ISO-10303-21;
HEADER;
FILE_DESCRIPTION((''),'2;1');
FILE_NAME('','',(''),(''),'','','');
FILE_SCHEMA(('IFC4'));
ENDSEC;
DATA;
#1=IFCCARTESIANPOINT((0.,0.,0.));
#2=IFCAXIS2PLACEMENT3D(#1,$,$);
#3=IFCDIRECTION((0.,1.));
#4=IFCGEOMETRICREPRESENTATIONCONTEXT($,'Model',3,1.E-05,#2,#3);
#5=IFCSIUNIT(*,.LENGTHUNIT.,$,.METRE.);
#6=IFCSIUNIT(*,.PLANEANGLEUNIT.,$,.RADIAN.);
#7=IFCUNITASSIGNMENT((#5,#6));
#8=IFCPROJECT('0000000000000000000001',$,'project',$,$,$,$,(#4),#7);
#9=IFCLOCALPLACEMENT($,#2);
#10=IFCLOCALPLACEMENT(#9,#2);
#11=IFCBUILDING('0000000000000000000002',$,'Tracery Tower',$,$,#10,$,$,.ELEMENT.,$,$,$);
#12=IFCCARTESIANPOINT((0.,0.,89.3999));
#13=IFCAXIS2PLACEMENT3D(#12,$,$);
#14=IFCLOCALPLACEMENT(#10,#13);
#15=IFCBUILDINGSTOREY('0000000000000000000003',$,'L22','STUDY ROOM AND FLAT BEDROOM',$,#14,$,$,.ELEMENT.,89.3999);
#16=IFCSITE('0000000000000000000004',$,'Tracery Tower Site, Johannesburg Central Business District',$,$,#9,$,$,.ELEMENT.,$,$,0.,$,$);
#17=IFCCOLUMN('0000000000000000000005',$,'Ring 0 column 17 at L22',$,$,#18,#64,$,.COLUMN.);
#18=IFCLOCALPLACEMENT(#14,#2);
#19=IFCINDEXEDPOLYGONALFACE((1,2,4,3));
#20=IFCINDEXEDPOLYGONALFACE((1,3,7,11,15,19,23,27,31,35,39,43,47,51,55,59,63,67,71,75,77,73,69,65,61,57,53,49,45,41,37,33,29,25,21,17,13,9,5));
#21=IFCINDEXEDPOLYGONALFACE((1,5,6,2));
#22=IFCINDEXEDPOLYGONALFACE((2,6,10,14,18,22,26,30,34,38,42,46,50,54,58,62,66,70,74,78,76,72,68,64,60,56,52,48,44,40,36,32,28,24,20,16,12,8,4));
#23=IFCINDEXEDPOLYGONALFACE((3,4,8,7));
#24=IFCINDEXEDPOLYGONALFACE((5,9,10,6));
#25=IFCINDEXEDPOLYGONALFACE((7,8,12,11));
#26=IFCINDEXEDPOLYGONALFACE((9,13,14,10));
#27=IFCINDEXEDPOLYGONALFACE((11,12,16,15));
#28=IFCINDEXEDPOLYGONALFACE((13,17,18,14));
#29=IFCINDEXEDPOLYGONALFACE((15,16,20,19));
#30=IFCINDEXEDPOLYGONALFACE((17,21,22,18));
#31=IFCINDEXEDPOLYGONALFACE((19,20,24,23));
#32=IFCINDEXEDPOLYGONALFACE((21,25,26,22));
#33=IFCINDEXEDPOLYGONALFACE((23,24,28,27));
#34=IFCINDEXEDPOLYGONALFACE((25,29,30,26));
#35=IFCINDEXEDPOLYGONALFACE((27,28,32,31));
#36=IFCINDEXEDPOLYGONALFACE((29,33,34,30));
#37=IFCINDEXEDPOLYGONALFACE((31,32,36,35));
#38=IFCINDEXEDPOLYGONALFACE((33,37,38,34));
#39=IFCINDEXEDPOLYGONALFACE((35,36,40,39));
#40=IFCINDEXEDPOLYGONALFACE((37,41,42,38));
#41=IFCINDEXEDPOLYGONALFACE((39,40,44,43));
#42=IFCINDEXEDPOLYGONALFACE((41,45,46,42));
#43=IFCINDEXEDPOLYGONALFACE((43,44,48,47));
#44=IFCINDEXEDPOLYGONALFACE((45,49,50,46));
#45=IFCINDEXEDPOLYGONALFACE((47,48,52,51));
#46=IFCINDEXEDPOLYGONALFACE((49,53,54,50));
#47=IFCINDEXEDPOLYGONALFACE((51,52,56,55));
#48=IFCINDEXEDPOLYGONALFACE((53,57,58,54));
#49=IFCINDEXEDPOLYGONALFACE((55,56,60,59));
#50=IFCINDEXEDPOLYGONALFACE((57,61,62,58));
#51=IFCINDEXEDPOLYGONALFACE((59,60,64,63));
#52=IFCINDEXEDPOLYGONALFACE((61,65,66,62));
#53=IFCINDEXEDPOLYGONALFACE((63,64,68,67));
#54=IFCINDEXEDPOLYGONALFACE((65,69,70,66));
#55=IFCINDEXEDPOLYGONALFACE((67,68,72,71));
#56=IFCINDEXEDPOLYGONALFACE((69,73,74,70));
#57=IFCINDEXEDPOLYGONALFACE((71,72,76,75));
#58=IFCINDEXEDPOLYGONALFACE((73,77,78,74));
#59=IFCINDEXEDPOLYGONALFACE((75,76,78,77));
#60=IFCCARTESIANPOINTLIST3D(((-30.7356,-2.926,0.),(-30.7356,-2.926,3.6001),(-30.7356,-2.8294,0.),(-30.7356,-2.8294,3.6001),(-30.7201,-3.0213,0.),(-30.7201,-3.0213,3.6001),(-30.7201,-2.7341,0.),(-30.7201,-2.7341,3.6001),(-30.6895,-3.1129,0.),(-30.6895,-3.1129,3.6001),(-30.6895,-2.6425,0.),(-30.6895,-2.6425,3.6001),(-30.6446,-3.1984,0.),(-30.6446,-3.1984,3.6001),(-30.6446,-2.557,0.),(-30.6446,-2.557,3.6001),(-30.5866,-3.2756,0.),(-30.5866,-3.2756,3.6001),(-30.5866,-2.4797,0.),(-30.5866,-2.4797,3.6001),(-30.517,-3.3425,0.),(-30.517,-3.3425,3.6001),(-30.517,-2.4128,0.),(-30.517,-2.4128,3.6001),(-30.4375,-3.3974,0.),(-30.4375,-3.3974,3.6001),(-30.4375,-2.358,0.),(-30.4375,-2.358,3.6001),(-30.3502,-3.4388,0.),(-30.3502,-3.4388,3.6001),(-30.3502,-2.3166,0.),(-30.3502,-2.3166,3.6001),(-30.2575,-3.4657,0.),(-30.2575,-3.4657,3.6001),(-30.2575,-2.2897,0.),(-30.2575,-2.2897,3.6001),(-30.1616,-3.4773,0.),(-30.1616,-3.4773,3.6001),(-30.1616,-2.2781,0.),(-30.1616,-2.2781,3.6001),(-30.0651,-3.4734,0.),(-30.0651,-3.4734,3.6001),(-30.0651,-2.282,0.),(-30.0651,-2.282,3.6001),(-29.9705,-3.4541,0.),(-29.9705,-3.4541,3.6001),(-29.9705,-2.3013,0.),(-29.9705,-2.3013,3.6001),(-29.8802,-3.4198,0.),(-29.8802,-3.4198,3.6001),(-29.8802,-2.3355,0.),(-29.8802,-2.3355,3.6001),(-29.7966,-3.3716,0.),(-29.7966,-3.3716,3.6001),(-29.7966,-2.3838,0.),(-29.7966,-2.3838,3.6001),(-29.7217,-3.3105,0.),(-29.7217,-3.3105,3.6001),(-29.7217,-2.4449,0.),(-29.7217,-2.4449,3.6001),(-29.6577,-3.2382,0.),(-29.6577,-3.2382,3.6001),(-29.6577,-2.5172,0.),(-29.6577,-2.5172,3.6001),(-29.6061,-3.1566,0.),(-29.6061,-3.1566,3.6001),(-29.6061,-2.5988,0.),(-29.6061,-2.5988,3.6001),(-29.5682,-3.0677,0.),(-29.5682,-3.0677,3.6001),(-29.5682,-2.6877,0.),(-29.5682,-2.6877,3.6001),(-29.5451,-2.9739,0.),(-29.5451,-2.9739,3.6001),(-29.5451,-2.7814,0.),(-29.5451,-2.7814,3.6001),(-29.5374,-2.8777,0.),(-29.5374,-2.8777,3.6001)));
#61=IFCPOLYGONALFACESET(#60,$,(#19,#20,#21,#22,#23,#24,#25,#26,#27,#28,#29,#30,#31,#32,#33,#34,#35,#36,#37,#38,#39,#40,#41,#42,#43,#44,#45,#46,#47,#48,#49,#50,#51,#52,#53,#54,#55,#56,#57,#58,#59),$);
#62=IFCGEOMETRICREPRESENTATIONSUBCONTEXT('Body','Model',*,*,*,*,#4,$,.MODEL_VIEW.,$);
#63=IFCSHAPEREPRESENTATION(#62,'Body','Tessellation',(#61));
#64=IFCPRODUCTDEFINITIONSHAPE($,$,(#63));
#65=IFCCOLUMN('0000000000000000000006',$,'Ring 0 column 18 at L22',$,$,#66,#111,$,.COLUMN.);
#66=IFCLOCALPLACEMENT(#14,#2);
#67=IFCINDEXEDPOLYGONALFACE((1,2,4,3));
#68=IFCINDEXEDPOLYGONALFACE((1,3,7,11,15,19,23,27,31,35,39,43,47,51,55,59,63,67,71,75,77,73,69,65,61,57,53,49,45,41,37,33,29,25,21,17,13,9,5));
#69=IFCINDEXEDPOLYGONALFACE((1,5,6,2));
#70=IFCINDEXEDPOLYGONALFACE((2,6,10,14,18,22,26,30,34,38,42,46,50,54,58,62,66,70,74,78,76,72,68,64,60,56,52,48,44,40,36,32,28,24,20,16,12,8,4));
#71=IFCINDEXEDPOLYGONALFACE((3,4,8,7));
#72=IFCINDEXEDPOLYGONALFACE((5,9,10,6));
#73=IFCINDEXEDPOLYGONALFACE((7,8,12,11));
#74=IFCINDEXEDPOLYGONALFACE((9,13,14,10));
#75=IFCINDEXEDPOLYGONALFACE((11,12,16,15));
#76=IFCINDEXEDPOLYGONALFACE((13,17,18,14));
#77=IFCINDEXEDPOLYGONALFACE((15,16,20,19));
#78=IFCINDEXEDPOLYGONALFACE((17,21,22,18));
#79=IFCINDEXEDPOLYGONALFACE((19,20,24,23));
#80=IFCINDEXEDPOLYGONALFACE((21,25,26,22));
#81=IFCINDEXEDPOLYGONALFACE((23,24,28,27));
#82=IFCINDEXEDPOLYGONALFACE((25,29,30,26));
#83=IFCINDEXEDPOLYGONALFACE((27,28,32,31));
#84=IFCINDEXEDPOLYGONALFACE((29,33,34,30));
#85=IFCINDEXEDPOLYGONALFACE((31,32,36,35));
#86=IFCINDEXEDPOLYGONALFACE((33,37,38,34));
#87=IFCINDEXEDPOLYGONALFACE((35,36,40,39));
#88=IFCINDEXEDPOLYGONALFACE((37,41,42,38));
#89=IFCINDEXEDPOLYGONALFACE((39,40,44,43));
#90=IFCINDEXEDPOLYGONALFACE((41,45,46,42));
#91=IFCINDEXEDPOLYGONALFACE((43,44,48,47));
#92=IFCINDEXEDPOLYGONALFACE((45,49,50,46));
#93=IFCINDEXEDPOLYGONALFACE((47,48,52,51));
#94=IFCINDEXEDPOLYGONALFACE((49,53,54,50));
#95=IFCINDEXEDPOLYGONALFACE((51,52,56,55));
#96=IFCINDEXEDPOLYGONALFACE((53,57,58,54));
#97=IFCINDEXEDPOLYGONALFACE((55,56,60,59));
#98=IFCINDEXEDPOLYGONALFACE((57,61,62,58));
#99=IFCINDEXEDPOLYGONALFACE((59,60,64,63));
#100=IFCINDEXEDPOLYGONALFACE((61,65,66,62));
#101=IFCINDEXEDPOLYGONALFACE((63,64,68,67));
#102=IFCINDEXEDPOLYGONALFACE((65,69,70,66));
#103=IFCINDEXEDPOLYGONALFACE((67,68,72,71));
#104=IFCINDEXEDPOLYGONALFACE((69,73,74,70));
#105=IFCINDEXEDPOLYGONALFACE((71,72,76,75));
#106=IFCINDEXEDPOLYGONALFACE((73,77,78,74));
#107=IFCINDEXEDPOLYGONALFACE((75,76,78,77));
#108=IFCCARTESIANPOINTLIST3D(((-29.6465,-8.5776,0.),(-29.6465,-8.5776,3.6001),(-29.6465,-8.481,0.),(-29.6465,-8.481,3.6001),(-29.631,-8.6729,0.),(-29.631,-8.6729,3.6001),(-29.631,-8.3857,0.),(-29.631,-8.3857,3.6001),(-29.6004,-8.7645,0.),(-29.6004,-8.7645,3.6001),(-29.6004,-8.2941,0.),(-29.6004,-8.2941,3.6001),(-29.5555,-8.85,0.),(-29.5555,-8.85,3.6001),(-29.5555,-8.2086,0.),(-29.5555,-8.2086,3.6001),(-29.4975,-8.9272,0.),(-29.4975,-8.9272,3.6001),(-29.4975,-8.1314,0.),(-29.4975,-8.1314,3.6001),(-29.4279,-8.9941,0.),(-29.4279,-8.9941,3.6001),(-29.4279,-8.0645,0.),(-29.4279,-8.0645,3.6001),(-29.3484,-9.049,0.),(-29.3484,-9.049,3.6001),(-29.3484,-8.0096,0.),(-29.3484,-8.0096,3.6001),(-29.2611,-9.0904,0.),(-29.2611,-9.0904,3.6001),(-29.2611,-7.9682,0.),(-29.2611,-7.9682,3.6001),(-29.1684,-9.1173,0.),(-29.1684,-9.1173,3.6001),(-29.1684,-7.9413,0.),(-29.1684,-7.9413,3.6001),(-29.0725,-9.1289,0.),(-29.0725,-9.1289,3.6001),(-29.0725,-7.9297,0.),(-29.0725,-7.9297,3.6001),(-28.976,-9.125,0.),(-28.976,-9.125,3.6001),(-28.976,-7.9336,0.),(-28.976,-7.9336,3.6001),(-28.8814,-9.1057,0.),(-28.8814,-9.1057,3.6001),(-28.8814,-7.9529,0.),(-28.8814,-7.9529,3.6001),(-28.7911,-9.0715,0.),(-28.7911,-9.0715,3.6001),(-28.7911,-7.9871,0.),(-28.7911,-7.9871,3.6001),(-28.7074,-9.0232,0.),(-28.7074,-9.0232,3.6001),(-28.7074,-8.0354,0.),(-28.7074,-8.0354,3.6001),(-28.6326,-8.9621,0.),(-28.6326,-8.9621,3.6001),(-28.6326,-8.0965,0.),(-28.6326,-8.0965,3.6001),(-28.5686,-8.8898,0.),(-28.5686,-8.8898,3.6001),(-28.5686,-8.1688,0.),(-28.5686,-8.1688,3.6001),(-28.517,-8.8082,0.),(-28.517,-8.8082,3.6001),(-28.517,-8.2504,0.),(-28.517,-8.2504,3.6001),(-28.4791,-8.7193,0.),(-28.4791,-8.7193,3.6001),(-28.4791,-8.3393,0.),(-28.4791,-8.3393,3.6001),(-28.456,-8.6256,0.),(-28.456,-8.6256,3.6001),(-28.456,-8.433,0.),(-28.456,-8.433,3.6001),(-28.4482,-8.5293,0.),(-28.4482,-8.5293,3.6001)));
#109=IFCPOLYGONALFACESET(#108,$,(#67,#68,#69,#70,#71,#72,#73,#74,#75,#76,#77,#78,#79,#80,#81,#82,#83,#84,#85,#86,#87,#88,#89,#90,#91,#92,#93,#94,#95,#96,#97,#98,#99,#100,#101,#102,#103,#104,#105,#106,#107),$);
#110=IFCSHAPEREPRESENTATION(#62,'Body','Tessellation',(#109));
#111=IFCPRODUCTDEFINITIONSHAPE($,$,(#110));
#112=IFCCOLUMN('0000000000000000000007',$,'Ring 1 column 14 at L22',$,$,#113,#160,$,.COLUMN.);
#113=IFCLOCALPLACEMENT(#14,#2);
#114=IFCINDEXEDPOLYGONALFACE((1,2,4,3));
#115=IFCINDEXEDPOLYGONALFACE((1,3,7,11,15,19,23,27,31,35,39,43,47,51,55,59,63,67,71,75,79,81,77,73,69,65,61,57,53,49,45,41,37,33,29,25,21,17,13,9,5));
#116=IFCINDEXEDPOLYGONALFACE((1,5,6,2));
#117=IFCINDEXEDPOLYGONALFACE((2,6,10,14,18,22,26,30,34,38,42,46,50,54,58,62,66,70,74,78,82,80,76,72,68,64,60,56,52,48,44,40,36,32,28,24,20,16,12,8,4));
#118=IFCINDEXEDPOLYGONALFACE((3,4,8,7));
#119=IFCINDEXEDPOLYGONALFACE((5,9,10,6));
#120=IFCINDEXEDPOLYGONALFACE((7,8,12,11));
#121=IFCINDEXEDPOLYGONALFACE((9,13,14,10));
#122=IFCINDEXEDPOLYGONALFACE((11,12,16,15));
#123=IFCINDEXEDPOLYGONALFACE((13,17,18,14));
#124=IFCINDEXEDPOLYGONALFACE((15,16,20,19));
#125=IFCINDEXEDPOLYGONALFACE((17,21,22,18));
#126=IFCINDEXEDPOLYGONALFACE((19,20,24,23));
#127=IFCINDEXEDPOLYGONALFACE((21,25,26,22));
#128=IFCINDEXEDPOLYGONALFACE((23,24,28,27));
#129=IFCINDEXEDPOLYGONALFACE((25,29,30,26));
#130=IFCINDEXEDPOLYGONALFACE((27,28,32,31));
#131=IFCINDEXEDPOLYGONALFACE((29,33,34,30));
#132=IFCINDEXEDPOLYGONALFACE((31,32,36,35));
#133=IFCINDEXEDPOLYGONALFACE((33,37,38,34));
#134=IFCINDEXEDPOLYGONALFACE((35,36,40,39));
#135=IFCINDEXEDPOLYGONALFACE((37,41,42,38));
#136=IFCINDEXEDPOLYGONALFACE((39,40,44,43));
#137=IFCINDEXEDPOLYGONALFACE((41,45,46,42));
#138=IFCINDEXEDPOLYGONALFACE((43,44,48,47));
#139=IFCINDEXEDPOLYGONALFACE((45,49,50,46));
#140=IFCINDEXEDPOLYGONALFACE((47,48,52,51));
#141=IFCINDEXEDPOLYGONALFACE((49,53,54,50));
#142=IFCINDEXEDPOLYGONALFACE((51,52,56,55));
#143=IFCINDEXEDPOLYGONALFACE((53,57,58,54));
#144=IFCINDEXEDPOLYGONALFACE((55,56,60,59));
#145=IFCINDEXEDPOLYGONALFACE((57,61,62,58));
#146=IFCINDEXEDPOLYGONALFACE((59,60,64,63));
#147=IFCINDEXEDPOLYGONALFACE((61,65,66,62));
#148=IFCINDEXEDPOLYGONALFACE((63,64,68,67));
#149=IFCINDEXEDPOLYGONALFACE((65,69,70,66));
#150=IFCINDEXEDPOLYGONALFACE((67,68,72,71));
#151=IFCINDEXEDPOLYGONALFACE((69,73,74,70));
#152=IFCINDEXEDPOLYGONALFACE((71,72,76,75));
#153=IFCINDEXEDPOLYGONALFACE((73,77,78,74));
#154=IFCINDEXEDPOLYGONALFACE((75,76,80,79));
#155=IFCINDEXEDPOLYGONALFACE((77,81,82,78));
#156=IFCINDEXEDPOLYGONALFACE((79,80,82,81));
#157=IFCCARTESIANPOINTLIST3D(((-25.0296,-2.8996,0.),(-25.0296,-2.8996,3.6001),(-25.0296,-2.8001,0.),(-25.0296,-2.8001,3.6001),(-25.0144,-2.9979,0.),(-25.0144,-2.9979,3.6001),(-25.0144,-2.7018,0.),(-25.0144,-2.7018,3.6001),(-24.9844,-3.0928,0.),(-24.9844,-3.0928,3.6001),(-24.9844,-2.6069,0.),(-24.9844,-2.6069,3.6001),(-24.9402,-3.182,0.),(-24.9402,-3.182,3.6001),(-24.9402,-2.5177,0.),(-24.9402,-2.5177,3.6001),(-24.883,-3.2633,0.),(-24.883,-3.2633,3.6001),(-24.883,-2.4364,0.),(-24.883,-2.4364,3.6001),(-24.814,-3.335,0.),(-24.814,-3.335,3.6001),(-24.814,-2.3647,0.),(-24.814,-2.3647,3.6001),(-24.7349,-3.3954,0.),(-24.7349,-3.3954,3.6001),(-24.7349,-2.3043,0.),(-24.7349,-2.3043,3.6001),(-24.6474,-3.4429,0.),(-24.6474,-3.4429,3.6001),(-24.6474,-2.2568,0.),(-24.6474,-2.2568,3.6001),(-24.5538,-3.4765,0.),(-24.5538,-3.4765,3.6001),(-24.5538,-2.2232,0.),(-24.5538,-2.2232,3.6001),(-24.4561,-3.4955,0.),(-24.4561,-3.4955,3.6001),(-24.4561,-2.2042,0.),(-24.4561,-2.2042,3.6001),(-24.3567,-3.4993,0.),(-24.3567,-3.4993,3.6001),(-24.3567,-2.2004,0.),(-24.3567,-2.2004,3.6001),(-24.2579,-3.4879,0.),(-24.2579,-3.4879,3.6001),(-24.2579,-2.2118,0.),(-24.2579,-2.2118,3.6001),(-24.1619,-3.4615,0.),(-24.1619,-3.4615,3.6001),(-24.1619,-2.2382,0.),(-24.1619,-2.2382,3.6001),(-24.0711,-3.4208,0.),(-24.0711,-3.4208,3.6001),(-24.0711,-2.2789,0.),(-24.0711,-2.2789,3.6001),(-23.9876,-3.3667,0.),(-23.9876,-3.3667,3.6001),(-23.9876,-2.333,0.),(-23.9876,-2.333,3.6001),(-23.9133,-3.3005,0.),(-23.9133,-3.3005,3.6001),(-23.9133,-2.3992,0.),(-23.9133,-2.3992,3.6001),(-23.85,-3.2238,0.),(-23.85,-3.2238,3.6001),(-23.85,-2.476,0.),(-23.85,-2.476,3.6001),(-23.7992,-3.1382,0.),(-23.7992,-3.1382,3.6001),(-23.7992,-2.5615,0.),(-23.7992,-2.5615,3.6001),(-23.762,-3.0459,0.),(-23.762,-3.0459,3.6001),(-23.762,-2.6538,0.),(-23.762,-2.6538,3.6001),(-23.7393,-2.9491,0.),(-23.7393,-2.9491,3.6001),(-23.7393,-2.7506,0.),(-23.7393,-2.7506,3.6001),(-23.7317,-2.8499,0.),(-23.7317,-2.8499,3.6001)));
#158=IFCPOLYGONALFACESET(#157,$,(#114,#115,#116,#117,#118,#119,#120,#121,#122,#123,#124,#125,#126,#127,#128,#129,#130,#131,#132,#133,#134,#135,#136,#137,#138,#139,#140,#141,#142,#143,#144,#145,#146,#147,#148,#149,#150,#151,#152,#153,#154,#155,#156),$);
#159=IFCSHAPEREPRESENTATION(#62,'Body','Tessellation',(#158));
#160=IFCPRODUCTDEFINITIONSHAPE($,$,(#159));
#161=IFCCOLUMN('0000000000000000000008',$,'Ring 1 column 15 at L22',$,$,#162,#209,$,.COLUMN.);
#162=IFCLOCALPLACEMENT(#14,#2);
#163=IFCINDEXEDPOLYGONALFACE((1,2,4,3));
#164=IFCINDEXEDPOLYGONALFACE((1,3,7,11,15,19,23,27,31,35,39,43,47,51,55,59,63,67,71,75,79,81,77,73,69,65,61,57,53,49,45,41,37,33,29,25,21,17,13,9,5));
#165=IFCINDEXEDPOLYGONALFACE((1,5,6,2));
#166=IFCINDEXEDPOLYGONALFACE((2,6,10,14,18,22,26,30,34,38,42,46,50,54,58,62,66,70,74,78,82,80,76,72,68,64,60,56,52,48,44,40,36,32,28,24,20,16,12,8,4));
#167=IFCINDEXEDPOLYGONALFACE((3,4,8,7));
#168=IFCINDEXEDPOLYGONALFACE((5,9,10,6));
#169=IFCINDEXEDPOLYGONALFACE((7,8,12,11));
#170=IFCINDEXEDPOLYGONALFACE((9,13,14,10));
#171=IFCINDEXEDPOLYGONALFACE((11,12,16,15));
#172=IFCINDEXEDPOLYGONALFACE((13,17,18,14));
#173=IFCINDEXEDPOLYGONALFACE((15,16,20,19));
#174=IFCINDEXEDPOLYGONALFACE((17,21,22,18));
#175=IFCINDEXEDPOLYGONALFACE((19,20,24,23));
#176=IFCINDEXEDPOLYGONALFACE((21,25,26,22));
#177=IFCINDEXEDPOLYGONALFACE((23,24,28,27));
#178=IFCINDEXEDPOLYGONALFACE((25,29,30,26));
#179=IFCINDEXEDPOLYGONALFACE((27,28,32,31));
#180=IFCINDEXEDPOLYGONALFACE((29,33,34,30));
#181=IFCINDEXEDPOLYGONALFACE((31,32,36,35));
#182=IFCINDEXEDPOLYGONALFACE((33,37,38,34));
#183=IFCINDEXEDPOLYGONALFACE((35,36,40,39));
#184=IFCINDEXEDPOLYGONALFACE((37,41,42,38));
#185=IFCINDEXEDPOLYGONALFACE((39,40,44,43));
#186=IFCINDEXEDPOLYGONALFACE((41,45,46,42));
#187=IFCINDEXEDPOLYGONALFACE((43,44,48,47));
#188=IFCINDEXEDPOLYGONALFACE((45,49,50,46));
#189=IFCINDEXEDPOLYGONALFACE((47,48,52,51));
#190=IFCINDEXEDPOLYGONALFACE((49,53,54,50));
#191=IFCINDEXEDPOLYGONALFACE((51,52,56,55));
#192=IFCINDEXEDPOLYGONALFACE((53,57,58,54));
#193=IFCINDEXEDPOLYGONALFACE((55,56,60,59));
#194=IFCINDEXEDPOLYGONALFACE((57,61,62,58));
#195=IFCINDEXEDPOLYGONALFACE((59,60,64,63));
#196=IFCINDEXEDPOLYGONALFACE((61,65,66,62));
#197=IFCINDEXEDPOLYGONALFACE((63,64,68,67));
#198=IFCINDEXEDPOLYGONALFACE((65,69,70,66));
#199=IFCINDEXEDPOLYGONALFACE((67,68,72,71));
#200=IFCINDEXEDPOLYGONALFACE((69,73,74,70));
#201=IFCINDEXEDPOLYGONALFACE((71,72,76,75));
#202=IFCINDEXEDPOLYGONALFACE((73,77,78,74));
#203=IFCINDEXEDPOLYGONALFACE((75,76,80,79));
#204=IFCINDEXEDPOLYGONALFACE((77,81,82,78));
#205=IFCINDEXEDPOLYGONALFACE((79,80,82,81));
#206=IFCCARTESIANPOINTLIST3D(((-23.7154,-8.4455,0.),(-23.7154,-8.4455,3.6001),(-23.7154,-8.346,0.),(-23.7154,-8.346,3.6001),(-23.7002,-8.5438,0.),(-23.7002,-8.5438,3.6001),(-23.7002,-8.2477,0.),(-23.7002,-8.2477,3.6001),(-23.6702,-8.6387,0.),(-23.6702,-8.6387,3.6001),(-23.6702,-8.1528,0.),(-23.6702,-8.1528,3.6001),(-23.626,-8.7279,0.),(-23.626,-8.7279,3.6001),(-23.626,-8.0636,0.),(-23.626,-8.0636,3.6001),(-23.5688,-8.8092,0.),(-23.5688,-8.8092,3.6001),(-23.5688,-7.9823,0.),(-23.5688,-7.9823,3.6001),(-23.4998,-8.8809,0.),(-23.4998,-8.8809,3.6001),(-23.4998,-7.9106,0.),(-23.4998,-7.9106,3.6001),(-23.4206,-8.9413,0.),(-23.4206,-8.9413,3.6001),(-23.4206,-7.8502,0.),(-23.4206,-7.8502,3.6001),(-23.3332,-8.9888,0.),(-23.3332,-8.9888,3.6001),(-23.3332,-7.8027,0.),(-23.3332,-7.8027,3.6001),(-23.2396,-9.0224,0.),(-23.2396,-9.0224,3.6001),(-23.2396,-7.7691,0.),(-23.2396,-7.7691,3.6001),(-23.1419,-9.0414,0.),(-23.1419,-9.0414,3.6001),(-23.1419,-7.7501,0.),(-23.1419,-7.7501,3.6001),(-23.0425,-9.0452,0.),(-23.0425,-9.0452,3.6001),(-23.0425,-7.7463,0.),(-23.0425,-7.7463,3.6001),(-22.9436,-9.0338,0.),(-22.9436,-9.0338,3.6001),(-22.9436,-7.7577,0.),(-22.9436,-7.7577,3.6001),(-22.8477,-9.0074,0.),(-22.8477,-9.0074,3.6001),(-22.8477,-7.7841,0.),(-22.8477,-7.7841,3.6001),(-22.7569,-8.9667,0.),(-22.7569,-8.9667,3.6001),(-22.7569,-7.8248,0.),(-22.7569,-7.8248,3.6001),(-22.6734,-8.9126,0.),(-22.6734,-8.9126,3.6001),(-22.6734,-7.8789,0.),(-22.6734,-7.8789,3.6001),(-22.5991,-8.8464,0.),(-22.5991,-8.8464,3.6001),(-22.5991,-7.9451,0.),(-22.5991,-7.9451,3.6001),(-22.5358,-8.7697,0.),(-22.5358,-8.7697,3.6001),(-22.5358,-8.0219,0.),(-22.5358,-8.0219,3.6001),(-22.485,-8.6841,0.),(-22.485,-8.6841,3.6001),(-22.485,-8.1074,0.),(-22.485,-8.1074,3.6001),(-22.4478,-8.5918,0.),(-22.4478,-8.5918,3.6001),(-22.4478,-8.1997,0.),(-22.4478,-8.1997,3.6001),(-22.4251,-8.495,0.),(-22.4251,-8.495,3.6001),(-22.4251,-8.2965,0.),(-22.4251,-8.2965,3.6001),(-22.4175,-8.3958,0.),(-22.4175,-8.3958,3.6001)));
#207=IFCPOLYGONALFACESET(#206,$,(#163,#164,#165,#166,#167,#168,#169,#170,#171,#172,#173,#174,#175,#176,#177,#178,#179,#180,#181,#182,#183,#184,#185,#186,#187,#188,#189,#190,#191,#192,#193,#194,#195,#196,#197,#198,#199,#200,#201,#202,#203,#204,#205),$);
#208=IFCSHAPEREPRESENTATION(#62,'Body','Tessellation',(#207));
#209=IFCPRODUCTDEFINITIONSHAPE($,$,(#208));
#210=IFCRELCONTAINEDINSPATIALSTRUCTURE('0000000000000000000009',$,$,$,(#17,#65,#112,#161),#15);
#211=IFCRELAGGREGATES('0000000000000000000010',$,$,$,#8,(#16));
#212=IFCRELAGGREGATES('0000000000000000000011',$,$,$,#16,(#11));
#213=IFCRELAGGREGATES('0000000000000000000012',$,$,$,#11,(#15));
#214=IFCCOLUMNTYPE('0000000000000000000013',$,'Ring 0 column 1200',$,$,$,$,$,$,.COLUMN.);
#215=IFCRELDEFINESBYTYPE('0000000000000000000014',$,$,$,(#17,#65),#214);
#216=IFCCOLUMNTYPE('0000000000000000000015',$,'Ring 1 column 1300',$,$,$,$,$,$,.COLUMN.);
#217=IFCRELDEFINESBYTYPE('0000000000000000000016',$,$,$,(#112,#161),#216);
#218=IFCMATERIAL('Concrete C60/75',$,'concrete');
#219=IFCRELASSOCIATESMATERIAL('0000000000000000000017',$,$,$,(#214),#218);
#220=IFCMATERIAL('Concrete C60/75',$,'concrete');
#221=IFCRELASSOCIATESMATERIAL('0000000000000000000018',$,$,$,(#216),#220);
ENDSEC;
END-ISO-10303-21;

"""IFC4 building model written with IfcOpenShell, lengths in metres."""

from ifc_helpers import new_model, si_unit, direction, frame, origin, origin_2d, place, context, subcontext, project, spatial, circle, extrude, material, material_profile, profile_set, type_object, element, save


model = new_model("IFC4")

# Units and contexts
model_context = context("Model", 3, precision=1e-05, world=origin(), true_north=direction((0.0, 1.0)))
body_context = subcontext(model_context, "Body", "Model", "MODEL_VIEW")
ifc_project = project(units=[si_unit("LENGTHUNIT", "METRE"), si_unit("PLANEANGLEUNIT", "RADIAN")], contexts=[model_context])

# Site, building, storey
site_placement = place(None, origin())
site = spatial("IfcSite", under=ifc_project, at=site_placement, Name="Tracery Tower Site, Johannesburg Central Business District", CompositionType="ELEMENT", RefElevation=0.0)
building_placement = place(site_placement, origin())
building = spatial("IfcBuilding", under=site, at=building_placement, Name="Tracery Tower", CompositionType="ELEMENT")
storey_placement = place(building_placement, frame((0.0, 0.0, 89.3999)))
storey = spatial("IfcBuildingStorey", under=building, at=storey_placement, Name="L22", Description="STUDY ROOM AND FLAT BEDROOM", CompositionType="ELEMENT", Elevation=89.3999)

# Columns
ifc_material_1 = material(Name="Concrete C60/75", Category="concrete")
ifc_material_profile_1 = material_profile(ifc_material_1, circle(Radius=0.6001, at=origin_2d()), Name="RC D1200")
ifc_profile_set_1 = profile_set([ifc_material_profile_1], Name="Concrete C60/75")
column_type_1 = type_object("IfcColumnType", Name="Ring 0 column 1200", PredefinedType="COLUMN", material=ifc_profile_set_1)
for number, where, z_axis, x_axis, name in (
    (1, (-30.1375, -2.8777, 0.0), (0.0, 0.0, 1.0), (1.0, 0.0, 0.0), "Ring 0 column 17 at L22"),
    (2, (-29.0483, -8.5293, 0.0), (0.0, 0.0, 1.0), (1.0, 0.0, 0.0), "Ring 0 column 18 at L22"),
):
    element("IfcColumn", number, at=place(storey_placement, frame(where, z_axis=z_axis, x_axis=x_axis)), inside=storey, type_object=column_type_1, Name=name, PredefinedType="COLUMN", context=body_context, shape_type="SweptSolid", body=[
        extrude(circle(Radius=0.6001, at=origin_2d()), origin(), (0.0, 0.0, 1.0), 3.6001),
    ])
ifc_material_2 = material(Name="Concrete C60/75", Category="concrete")
ifc_material_profile_2 = material_profile(ifc_material_2, circle(Radius=0.6499, at=origin_2d()), Name="RC D1300")
ifc_profile_set_2 = profile_set([ifc_material_profile_2], Name="Concrete C60/75")
column_type_2 = type_object("IfcColumnType", Name="Ring 1 column 1300", PredefinedType="COLUMN", material=ifc_profile_set_2)
for number, where, z_axis, x_axis, name in (
    (3, (-24.3816, -2.8499, 0.0), (0.0, 0.0, 1.0), (1.0, 0.0, 0.0), "Ring 1 column 14 at L22"),
    (4, (-23.0674, -8.3958, 0.0), (0.0, 0.0, 1.0), (1.0, 0.0, 0.0), "Ring 1 column 15 at L22"),
):
    element("IfcColumn", number, at=place(storey_placement, frame(where, z_axis=z_axis, x_axis=x_axis)), inside=storey, type_object=column_type_2, Name=name, PredefinedType="COLUMN", context=body_context, shape_type="SweptSolid", body=[
        extrude(circle(Radius=0.6499, at=origin_2d()), origin(), (0.0, 0.0, 1.0), 3.6001),
    ])

save(model, "model.ifc")
